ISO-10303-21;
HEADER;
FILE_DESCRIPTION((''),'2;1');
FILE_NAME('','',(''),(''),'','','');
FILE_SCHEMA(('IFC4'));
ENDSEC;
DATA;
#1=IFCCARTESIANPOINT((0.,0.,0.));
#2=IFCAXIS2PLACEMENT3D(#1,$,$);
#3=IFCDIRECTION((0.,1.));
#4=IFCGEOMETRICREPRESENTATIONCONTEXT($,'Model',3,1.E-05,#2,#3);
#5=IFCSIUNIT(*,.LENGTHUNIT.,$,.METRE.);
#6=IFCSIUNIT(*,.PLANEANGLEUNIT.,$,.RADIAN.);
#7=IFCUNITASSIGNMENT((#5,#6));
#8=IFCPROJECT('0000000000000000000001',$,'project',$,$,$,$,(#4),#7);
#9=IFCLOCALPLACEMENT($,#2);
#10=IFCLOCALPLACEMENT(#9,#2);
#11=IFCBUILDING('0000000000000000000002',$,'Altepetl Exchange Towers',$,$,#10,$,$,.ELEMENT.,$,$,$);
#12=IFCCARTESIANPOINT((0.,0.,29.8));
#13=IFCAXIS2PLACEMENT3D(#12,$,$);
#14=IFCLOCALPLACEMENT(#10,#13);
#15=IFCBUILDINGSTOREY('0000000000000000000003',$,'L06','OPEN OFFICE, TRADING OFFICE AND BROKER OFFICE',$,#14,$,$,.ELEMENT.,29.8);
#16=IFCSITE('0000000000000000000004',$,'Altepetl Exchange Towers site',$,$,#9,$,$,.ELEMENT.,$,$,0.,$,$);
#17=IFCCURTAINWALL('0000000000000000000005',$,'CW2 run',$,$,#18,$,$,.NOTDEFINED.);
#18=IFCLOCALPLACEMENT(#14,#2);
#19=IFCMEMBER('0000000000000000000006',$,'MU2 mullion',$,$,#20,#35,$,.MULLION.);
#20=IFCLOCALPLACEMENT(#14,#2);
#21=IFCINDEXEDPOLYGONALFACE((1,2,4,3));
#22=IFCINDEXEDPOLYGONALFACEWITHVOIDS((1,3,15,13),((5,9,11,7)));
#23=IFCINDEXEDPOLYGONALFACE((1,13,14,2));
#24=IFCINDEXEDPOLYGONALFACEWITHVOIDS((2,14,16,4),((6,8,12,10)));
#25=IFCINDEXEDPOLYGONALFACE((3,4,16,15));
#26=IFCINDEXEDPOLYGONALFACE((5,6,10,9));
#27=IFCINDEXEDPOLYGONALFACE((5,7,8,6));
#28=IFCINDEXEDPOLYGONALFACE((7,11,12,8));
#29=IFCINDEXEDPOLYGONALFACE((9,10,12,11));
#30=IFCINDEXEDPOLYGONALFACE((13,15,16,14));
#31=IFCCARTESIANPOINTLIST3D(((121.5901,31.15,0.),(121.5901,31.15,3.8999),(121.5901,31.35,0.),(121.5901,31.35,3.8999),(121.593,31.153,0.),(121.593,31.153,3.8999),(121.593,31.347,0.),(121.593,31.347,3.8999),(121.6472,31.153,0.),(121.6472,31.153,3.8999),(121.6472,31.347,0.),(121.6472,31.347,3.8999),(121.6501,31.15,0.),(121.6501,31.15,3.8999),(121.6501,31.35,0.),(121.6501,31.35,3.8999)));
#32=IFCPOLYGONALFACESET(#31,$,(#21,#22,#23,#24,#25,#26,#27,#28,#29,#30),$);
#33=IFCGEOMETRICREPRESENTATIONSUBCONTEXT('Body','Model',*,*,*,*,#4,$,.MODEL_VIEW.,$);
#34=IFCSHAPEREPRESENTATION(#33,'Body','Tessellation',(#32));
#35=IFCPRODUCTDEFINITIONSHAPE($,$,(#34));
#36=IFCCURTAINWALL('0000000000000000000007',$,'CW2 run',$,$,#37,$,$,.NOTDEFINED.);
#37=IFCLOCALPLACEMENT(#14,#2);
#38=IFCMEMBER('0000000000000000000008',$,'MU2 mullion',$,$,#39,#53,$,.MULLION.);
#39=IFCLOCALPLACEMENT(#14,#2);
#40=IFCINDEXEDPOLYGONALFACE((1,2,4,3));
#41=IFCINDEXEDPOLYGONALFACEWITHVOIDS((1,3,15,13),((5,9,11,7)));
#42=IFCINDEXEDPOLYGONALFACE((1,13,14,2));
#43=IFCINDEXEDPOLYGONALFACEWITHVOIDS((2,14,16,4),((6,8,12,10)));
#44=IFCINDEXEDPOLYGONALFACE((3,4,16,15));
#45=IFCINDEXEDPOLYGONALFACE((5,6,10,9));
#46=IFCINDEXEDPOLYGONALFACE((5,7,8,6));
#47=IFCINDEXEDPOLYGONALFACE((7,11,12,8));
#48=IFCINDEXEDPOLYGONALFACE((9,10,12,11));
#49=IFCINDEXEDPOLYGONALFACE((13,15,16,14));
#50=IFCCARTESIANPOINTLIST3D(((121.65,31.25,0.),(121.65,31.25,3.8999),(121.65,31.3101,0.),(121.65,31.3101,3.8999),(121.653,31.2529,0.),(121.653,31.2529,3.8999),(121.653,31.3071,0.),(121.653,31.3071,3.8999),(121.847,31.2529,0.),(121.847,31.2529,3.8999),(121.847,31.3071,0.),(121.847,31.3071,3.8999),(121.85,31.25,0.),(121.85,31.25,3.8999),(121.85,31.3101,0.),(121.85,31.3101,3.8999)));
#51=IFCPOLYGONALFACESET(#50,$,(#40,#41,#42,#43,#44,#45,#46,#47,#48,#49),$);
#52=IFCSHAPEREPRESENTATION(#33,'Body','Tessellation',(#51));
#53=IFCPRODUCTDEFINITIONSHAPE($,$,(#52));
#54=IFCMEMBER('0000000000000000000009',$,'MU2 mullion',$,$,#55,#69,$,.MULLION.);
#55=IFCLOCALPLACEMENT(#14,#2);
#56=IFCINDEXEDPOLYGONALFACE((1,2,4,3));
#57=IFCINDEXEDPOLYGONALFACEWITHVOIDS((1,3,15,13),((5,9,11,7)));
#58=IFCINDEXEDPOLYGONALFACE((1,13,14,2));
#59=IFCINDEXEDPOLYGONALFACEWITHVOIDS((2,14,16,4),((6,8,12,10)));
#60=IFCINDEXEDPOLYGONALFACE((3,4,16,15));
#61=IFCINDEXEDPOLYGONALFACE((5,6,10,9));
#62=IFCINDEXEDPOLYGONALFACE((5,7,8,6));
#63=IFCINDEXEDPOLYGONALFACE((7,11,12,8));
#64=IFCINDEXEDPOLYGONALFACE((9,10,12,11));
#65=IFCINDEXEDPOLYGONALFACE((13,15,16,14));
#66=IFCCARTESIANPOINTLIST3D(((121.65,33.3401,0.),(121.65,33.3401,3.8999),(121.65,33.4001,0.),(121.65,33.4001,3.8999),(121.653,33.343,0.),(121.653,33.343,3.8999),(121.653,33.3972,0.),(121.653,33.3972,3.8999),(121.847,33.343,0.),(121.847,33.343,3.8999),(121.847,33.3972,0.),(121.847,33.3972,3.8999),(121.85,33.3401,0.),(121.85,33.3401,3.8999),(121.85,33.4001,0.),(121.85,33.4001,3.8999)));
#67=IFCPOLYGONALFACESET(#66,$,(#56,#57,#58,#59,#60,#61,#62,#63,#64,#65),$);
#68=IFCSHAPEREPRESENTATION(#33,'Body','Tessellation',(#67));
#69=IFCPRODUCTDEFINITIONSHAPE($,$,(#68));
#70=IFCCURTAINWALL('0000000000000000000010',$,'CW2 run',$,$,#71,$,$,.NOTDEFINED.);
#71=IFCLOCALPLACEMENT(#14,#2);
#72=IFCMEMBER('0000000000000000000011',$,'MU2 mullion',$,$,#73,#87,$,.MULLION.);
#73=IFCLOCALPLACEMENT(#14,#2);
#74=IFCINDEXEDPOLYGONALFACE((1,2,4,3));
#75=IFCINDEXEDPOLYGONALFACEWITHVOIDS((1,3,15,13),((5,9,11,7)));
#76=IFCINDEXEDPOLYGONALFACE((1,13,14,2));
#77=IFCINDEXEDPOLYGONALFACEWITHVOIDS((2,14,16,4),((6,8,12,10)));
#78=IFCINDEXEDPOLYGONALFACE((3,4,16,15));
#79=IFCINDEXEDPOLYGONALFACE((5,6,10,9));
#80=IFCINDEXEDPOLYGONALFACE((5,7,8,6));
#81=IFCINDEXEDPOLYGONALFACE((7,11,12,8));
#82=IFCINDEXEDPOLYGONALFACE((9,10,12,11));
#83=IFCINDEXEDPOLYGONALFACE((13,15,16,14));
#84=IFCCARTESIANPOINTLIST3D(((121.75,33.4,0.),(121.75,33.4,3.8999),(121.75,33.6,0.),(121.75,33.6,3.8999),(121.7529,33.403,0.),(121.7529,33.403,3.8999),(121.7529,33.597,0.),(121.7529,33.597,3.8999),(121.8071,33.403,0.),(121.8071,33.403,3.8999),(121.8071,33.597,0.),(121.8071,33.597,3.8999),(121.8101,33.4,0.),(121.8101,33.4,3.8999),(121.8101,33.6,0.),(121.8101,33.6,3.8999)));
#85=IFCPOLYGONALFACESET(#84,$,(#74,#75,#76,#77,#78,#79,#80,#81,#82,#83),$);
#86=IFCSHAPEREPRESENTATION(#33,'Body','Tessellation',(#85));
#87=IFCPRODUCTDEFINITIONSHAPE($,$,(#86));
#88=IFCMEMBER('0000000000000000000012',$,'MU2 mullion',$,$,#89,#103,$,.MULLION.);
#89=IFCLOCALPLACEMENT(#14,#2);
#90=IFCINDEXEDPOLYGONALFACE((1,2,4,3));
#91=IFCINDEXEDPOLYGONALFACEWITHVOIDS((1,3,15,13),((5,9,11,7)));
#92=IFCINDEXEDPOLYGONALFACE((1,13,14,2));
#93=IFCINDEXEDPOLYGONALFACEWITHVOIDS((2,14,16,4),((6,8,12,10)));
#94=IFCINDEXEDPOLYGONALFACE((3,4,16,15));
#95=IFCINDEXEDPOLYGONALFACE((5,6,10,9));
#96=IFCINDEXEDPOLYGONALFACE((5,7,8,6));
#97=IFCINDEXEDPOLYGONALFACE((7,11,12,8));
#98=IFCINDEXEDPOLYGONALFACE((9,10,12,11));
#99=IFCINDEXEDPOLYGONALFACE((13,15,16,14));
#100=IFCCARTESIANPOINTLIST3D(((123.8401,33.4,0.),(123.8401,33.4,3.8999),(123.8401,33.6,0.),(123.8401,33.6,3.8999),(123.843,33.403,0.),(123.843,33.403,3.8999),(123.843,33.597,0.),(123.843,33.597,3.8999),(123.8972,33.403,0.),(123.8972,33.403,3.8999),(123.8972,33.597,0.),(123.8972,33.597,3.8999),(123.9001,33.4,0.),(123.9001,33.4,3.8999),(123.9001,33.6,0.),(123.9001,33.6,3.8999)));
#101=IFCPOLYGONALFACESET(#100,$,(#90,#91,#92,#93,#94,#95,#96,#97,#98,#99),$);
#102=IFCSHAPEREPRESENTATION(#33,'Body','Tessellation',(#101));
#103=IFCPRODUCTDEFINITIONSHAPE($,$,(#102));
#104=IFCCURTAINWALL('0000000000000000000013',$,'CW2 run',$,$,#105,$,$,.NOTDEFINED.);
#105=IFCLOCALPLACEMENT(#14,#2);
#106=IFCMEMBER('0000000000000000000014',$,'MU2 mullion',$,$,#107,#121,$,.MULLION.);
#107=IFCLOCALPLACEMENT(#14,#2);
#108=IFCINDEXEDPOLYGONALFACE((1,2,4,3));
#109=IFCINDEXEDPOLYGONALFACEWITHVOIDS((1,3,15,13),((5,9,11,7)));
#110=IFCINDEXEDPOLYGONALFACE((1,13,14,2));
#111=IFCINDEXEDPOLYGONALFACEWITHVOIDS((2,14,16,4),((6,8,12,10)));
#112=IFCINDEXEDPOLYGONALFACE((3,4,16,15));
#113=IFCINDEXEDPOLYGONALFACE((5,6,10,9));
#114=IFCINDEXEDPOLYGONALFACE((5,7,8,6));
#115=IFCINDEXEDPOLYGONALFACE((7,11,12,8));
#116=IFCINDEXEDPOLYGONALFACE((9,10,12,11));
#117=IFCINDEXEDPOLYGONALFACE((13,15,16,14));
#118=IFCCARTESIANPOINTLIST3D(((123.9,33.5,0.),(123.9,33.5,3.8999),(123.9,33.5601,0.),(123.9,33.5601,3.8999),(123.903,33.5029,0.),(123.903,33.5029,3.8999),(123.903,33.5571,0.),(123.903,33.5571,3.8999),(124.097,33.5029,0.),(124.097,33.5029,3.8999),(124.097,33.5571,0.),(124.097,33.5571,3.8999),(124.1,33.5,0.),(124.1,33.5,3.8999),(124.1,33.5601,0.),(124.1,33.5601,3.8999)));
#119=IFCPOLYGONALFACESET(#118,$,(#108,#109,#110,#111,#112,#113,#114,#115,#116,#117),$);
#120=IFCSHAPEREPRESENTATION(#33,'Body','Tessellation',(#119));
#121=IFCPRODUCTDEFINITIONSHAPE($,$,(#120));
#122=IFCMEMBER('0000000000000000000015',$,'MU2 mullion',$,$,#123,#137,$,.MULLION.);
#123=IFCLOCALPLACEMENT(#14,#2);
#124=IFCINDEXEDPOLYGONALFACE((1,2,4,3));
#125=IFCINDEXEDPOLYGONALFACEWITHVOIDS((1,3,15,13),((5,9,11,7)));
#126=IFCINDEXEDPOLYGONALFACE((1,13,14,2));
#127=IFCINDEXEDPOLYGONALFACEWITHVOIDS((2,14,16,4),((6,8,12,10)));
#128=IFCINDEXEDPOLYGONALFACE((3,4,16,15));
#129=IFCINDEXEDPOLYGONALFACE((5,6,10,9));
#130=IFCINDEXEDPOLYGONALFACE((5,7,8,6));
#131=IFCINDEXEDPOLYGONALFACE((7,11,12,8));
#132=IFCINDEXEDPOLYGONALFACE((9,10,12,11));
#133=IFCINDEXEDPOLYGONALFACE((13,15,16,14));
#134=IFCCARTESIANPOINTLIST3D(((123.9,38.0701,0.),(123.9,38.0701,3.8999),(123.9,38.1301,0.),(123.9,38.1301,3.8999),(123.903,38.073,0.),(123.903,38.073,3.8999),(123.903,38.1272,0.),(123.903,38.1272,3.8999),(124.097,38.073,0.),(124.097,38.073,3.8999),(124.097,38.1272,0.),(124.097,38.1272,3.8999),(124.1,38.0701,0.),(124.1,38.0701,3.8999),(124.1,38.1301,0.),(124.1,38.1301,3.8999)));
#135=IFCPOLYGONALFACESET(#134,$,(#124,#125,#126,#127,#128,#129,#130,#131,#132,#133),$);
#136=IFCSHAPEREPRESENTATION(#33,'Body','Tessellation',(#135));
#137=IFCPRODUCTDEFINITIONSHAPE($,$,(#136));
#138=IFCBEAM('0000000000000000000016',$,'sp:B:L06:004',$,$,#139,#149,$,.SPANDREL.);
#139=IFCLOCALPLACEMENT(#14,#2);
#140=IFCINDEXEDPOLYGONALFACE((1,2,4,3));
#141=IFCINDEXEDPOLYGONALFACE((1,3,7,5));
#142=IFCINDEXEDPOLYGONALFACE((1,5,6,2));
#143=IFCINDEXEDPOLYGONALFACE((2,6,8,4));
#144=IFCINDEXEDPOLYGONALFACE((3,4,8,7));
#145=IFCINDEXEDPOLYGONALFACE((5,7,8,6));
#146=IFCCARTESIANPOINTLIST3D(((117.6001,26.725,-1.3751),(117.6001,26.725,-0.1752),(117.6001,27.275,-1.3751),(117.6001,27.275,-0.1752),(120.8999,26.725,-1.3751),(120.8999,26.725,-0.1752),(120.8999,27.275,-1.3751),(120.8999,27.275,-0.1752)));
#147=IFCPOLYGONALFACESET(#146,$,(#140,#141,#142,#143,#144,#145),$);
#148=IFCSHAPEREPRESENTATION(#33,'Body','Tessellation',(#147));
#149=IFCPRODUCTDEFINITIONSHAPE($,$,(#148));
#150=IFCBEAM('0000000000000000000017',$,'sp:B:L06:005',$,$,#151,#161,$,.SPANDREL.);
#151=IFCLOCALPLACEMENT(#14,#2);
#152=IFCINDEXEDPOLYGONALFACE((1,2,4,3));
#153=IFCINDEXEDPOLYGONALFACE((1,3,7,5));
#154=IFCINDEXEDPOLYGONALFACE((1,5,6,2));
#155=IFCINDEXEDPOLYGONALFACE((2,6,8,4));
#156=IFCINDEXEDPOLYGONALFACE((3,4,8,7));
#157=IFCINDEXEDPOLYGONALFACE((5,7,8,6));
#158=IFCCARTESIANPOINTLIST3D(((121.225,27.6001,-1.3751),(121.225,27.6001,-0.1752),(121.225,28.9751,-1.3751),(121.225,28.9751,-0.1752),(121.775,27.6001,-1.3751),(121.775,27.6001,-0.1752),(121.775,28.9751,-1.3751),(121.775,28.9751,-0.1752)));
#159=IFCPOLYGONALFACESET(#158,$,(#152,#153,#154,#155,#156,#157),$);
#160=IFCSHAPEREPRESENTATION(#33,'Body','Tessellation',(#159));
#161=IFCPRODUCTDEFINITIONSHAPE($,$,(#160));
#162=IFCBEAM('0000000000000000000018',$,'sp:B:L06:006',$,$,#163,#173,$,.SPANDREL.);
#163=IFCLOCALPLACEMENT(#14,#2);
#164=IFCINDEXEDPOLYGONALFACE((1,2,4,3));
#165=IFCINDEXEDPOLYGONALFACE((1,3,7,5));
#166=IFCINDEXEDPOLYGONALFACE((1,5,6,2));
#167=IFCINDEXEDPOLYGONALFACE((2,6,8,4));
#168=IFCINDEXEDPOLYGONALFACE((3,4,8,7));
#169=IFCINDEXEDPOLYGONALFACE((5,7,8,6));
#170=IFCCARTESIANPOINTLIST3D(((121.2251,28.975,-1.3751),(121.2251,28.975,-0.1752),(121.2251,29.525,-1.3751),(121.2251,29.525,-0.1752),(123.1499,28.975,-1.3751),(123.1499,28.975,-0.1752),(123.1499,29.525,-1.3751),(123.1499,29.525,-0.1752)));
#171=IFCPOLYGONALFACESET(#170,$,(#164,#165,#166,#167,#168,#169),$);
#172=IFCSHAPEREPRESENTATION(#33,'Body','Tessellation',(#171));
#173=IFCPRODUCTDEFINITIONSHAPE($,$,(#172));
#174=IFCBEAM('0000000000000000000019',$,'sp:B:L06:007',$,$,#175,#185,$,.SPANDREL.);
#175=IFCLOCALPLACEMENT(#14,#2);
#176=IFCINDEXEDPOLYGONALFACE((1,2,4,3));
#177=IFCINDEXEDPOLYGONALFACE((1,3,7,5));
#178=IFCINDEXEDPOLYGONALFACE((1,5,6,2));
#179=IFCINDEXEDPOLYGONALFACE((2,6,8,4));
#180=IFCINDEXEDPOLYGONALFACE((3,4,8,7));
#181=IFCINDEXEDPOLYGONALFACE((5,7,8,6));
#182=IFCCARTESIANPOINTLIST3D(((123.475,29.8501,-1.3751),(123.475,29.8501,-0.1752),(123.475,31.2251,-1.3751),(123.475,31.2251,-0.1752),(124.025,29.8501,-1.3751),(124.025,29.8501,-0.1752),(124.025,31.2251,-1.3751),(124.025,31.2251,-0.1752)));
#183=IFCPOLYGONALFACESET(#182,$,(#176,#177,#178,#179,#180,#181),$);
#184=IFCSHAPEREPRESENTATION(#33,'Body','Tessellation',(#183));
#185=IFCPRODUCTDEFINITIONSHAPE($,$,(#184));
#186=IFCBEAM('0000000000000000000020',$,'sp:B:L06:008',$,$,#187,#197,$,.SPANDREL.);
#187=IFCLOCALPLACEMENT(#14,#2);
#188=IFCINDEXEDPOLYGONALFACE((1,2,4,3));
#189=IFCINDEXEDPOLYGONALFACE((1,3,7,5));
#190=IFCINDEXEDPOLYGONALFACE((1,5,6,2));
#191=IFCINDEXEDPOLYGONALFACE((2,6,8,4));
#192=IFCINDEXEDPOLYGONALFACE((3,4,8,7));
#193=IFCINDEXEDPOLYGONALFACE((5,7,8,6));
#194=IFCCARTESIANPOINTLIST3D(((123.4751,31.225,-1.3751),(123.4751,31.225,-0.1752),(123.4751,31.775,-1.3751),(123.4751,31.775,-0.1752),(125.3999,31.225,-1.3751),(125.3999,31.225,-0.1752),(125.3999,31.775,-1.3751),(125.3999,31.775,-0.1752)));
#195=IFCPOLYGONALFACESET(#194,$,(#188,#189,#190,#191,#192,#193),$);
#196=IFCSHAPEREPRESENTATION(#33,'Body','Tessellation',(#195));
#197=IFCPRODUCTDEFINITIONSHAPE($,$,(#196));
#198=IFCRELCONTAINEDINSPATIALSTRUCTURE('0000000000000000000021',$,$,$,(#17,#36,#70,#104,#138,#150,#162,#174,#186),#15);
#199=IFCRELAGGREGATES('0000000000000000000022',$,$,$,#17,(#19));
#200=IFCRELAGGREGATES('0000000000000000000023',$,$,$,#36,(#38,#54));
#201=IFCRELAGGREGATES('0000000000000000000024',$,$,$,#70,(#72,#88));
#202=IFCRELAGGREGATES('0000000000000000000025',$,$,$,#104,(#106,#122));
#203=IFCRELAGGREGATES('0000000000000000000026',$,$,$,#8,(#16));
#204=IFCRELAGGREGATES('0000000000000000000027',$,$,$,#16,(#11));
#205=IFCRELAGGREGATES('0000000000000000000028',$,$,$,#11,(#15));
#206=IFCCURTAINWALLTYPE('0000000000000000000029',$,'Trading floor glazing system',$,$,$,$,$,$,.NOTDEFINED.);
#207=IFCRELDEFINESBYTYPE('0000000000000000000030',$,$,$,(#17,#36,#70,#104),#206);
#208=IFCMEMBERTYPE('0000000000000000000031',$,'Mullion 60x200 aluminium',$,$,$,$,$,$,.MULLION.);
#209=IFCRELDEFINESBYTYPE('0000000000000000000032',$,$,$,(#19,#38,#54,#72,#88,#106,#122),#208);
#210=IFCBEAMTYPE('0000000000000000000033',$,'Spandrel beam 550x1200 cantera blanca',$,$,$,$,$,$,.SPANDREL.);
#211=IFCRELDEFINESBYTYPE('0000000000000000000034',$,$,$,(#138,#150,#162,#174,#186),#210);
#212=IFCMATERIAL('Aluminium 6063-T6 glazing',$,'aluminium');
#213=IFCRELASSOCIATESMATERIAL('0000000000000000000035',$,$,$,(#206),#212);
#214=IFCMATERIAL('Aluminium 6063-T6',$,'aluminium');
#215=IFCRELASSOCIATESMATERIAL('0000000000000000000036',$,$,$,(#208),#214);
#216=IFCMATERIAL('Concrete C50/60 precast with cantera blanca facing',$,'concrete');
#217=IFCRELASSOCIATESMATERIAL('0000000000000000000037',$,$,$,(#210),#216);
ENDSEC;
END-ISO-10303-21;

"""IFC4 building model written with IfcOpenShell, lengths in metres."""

from ifc_helpers import new_model, si_unit, direction, frame, origin, origin_2d, place, context, subcontext, project, spatial, rectangle, hollow_rectangle, extrude, material, material_profile, profile_set, type_object, element, aggregate, save


model = new_model("IFC4")

# Units and contexts
model_context = context("Model", 3, precision=1e-05, world=origin(), true_north=direction((0.0, 1.0)))
body_context = subcontext(model_context, "Body", "Model", "MODEL_VIEW")
ifc_project = project(units=[si_unit("LENGTHUNIT", "METRE"), si_unit("PLANEANGLEUNIT", "RADIAN")], contexts=[model_context])

# Site, building, storey
site_placement = place(None, origin())
site = spatial("IfcSite", under=ifc_project, at=site_placement, Name="Altepetl Exchange Towers site", CompositionType="ELEMENT", RefElevation=0.0)
building_placement = place(site_placement, origin())
building = spatial("IfcBuilding", under=site, at=building_placement, Name="Altepetl Exchange Towers", CompositionType="ELEMENT")
storey_placement = place(building_placement, frame((0.0, 0.0, 29.8)))
storey = spatial("IfcBuildingStorey", under=building, at=storey_placement, Name="L06", Description="OPEN OFFICE, TRADING OFFICE AND BROKER OFFICE", CompositionType="ELEMENT", Elevation=29.8)

# Shared definitions
ifc_material_1 = material(Name="Aluminium 6063-T6 glazing", Category="aluminium")
curtain_wall_type = type_object("IfcCurtainWallType", Name="Trading floor glazing system", PredefinedType="NOTDEFINED", material=ifc_material_1)
ifc_material_2 = material(Name="Aluminium 6063-T6", Category="aluminium")
ifc_material_profile_1 = material_profile(ifc_material_2, hollow_rectangle(XDim=0.0601, YDim=0.2, WallThickness=0.0029, at=origin_2d()), Name="Mullion 60x200 aluminium")
ifc_profile_set_1 = profile_set([ifc_material_profile_1], Name="Aluminium 6063-T6")
member_type = type_object("IfcMemberType", Name="Mullion 60x200 aluminium", PredefinedType="MULLION", material=ifc_profile_set_1)

# Curtain walls, members
curtain_wall_1_placement = place(storey_placement, origin())
curtain_wall_1 = element("IfcCurtainWall", 1, at=curtain_wall_1_placement, inside=storey, type_object=curtain_wall_type, Name="CW2 run", PredefinedType="NOTDEFINED")
member_1_placement = place(storey_placement, frame((121.6201, 31.25, 0.0)))
member_1 = element("IfcMember", 2, at=member_1_placement, type_object=member_type, Name="MU2 mullion", PredefinedType="MULLION", context=body_context, shape_type="SweptSolid", body=[
    extrude(hollow_rectangle(XDim=0.0601, YDim=0.2, WallThickness=0.0029, at=origin_2d()), origin(), (0.0, 0.0, 1.0), 3.8999),
])
curtain_wall_2_placement = place(storey_placement, origin())
curtain_wall_2 = element("IfcCurtainWall", 3, at=curtain_wall_2_placement, inside=storey, type_object=curtain_wall_type, Name="CW2 run", PredefinedType="NOTDEFINED")
member_2_placement = place(storey_placement, frame((121.75, 31.28, 0.0), z_axis=(0.0, 0.0, 1.0), x_axis=(0.0, 1.0, 0.0)))
member_2 = element("IfcMember", 4, at=member_2_placement, type_object=member_type, Name="MU2 mullion", PredefinedType="MULLION", context=body_context, shape_type="SweptSolid", body=[
    extrude(hollow_rectangle(XDim=0.0601, YDim=0.2, WallThickness=0.0029, at=origin_2d()), origin(), (0.0, 0.0, 1.0), 3.8999),
])
member_3_placement = place(storey_placement, frame((121.75, 33.3701, 0.0), z_axis=(0.0, 0.0, 1.0), x_axis=(0.0, 1.0, 0.0)))
member_3 = element("IfcMember", 5, at=member_3_placement, type_object=member_type, Name="MU2 mullion", PredefinedType="MULLION", context=body_context, shape_type="SweptSolid", body=[
    extrude(hollow_rectangle(XDim=0.0601, YDim=0.2, WallThickness=0.0029, at=origin_2d()), origin(), (0.0, 0.0, 1.0), 3.8999),
])
curtain_wall_3_placement = place(storey_placement, origin())
curtain_wall_3 = element("IfcCurtainWall", 6, at=curtain_wall_3_placement, inside=storey, type_object=curtain_wall_type, Name="CW2 run", PredefinedType="NOTDEFINED")
member_4_placement = place(storey_placement, frame((121.78, 33.5, 0.0)))
member_4 = element("IfcMember", 7, at=member_4_placement, type_object=member_type, Name="MU2 mullion", PredefinedType="MULLION", context=body_context, shape_type="SweptSolid", body=[
    extrude(hollow_rectangle(XDim=0.0601, YDim=0.2, WallThickness=0.0029, at=origin_2d()), origin(), (0.0, 0.0, 1.0), 3.8999),
])
member_5_placement = place(storey_placement, frame((123.8701, 33.5, 0.0)))
member_5 = element("IfcMember", 8, at=member_5_placement, type_object=member_type, Name="MU2 mullion", PredefinedType="MULLION", context=body_context, shape_type="SweptSolid", body=[
    extrude(hollow_rectangle(XDim=0.0601, YDim=0.2, WallThickness=0.0029, at=origin_2d()), origin(), (0.0, 0.0, 1.0), 3.8999),
])
curtain_wall_4_placement = place(storey_placement, origin())
curtain_wall_4 = element("IfcCurtainWall", 9, at=curtain_wall_4_placement, inside=storey, type_object=curtain_wall_type, Name="CW2 run", PredefinedType="NOTDEFINED")
member_6_placement = place(storey_placement, frame((124.0, 33.53, 0.0), z_axis=(0.0, 0.0, 1.0), x_axis=(0.0, 1.0, 0.0)))
member_6 = element("IfcMember", 10, at=member_6_placement, type_object=member_type, Name="MU2 mullion", PredefinedType="MULLION", context=body_context, shape_type="SweptSolid", body=[
    extrude(hollow_rectangle(XDim=0.0601, YDim=0.2, WallThickness=0.0029, at=origin_2d()), origin(), (0.0, 0.0, 1.0), 3.8999),
])
member_7_placement = place(storey_placement, frame((124.0, 38.1001, 0.0), z_axis=(0.0, 0.0, 1.0), x_axis=(0.0, 1.0, 0.0)))
member_7 = element("IfcMember", 11, at=member_7_placement, type_object=member_type, Name="MU2 mullion", PredefinedType="MULLION", context=body_context, shape_type="SweptSolid", body=[
    extrude(hollow_rectangle(XDim=0.0601, YDim=0.2, WallThickness=0.0029, at=origin_2d()), origin(), (0.0, 0.0, 1.0), 3.8999),
])

# Beams
ifc_material_3 = material(Name="Concrete C50/60 precast with cantera blanca facing", Category="concrete")
ifc_material_profile_2 = material_profile(ifc_material_3, rectangle(XDim=0.55, YDim=1.2, at=origin_2d()), Name="550 x 1200")
ifc_profile_set_2 = profile_set([ifc_material_profile_2], Name="Concrete C50/60 precast with cantera blanca facing")
beam_type_1 = type_object("IfcBeamType", Name="Spandrel beam 550x1200 cantera blanca", PredefinedType="SPANDREL", material=ifc_profile_set_2)
beam_1_placement = place(storey_placement, frame((117.6001, 27.0, -0.7751), z_axis=(1.0, 0.0, 0.0), x_axis=(0.0, 1.0, 0.0)))
element("IfcBeam", 12, at=beam_1_placement, inside=storey, type_object=beam_type_1, Name="sp:B:L06:004", PredefinedType="SPANDREL", context=body_context, shape_type="SweptSolid", body=[
    extrude(rectangle(XDim=0.55, YDim=1.2, at=origin_2d()), origin(), (0.0, 0.0, 1.0), 3.2998),
])
beam_2_placement = place(storey_placement, frame((121.5, 27.6001, -0.7751), z_axis=(0.0, 1.0, 0.0), x_axis=(-1.0, 0.0, 0.0)))
element("IfcBeam", 13, at=beam_2_placement, inside=storey, type_object=beam_type_1, Name="sp:B:L06:005", PredefinedType="SPANDREL", context=body_context, shape_type="SweptSolid", body=[
    extrude(rectangle(XDim=0.55, YDim=1.2, at=origin_2d()), origin(), (0.0, 0.0, 1.0), 1.375),
])
beam_3_placement = place(storey_placement, frame((121.2251, 29.25, -0.7751), z_axis=(1.0, 0.0, 0.0), x_axis=(0.0, 1.0, 0.0)))
element("IfcBeam", 14, at=beam_3_placement, inside=storey, type_object=beam_type_1, Name="sp:B:L06:006", PredefinedType="SPANDREL", context=body_context, shape_type="SweptSolid", body=[
    extrude(rectangle(XDim=0.55, YDim=1.2, at=origin_2d()), origin(), (0.0, 0.0, 1.0), 1.9248),
])
beam_4_placement = place(storey_placement, frame((123.75, 29.8501, -0.7751), z_axis=(0.0, 1.0, 0.0), x_axis=(-1.0, 0.0, 0.0)))
element("IfcBeam", 15, at=beam_4_placement, inside=storey, type_object=beam_type_1, Name="sp:B:L06:007", PredefinedType="SPANDREL", context=body_context, shape_type="SweptSolid", body=[
    extrude(rectangle(XDim=0.55, YDim=1.2, at=origin_2d()), origin(), (0.0, 0.0, 1.0), 1.375),
])
beam_5_placement = place(storey_placement, frame((123.4751, 31.5, -0.7751), z_axis=(1.0, 0.0, 0.0), x_axis=(0.0, 1.0, 0.0)))
element("IfcBeam", 16, at=beam_5_placement, inside=storey, type_object=beam_type_1, Name="sp:B:L06:008", PredefinedType="SPANDREL", context=body_context, shape_type="SweptSolid", body=[
    extrude(rectangle(XDim=0.55, YDim=1.2, at=origin_2d()), origin(), (0.0, 0.0, 1.0), 1.9248),
])

aggregate(curtain_wall_1, [member_1])
aggregate(curtain_wall_2, [member_2, member_3])
aggregate(curtain_wall_3, [member_4, member_5])
aggregate(curtain_wall_4, [member_6, member_7])

save(model, "model.ifc")
